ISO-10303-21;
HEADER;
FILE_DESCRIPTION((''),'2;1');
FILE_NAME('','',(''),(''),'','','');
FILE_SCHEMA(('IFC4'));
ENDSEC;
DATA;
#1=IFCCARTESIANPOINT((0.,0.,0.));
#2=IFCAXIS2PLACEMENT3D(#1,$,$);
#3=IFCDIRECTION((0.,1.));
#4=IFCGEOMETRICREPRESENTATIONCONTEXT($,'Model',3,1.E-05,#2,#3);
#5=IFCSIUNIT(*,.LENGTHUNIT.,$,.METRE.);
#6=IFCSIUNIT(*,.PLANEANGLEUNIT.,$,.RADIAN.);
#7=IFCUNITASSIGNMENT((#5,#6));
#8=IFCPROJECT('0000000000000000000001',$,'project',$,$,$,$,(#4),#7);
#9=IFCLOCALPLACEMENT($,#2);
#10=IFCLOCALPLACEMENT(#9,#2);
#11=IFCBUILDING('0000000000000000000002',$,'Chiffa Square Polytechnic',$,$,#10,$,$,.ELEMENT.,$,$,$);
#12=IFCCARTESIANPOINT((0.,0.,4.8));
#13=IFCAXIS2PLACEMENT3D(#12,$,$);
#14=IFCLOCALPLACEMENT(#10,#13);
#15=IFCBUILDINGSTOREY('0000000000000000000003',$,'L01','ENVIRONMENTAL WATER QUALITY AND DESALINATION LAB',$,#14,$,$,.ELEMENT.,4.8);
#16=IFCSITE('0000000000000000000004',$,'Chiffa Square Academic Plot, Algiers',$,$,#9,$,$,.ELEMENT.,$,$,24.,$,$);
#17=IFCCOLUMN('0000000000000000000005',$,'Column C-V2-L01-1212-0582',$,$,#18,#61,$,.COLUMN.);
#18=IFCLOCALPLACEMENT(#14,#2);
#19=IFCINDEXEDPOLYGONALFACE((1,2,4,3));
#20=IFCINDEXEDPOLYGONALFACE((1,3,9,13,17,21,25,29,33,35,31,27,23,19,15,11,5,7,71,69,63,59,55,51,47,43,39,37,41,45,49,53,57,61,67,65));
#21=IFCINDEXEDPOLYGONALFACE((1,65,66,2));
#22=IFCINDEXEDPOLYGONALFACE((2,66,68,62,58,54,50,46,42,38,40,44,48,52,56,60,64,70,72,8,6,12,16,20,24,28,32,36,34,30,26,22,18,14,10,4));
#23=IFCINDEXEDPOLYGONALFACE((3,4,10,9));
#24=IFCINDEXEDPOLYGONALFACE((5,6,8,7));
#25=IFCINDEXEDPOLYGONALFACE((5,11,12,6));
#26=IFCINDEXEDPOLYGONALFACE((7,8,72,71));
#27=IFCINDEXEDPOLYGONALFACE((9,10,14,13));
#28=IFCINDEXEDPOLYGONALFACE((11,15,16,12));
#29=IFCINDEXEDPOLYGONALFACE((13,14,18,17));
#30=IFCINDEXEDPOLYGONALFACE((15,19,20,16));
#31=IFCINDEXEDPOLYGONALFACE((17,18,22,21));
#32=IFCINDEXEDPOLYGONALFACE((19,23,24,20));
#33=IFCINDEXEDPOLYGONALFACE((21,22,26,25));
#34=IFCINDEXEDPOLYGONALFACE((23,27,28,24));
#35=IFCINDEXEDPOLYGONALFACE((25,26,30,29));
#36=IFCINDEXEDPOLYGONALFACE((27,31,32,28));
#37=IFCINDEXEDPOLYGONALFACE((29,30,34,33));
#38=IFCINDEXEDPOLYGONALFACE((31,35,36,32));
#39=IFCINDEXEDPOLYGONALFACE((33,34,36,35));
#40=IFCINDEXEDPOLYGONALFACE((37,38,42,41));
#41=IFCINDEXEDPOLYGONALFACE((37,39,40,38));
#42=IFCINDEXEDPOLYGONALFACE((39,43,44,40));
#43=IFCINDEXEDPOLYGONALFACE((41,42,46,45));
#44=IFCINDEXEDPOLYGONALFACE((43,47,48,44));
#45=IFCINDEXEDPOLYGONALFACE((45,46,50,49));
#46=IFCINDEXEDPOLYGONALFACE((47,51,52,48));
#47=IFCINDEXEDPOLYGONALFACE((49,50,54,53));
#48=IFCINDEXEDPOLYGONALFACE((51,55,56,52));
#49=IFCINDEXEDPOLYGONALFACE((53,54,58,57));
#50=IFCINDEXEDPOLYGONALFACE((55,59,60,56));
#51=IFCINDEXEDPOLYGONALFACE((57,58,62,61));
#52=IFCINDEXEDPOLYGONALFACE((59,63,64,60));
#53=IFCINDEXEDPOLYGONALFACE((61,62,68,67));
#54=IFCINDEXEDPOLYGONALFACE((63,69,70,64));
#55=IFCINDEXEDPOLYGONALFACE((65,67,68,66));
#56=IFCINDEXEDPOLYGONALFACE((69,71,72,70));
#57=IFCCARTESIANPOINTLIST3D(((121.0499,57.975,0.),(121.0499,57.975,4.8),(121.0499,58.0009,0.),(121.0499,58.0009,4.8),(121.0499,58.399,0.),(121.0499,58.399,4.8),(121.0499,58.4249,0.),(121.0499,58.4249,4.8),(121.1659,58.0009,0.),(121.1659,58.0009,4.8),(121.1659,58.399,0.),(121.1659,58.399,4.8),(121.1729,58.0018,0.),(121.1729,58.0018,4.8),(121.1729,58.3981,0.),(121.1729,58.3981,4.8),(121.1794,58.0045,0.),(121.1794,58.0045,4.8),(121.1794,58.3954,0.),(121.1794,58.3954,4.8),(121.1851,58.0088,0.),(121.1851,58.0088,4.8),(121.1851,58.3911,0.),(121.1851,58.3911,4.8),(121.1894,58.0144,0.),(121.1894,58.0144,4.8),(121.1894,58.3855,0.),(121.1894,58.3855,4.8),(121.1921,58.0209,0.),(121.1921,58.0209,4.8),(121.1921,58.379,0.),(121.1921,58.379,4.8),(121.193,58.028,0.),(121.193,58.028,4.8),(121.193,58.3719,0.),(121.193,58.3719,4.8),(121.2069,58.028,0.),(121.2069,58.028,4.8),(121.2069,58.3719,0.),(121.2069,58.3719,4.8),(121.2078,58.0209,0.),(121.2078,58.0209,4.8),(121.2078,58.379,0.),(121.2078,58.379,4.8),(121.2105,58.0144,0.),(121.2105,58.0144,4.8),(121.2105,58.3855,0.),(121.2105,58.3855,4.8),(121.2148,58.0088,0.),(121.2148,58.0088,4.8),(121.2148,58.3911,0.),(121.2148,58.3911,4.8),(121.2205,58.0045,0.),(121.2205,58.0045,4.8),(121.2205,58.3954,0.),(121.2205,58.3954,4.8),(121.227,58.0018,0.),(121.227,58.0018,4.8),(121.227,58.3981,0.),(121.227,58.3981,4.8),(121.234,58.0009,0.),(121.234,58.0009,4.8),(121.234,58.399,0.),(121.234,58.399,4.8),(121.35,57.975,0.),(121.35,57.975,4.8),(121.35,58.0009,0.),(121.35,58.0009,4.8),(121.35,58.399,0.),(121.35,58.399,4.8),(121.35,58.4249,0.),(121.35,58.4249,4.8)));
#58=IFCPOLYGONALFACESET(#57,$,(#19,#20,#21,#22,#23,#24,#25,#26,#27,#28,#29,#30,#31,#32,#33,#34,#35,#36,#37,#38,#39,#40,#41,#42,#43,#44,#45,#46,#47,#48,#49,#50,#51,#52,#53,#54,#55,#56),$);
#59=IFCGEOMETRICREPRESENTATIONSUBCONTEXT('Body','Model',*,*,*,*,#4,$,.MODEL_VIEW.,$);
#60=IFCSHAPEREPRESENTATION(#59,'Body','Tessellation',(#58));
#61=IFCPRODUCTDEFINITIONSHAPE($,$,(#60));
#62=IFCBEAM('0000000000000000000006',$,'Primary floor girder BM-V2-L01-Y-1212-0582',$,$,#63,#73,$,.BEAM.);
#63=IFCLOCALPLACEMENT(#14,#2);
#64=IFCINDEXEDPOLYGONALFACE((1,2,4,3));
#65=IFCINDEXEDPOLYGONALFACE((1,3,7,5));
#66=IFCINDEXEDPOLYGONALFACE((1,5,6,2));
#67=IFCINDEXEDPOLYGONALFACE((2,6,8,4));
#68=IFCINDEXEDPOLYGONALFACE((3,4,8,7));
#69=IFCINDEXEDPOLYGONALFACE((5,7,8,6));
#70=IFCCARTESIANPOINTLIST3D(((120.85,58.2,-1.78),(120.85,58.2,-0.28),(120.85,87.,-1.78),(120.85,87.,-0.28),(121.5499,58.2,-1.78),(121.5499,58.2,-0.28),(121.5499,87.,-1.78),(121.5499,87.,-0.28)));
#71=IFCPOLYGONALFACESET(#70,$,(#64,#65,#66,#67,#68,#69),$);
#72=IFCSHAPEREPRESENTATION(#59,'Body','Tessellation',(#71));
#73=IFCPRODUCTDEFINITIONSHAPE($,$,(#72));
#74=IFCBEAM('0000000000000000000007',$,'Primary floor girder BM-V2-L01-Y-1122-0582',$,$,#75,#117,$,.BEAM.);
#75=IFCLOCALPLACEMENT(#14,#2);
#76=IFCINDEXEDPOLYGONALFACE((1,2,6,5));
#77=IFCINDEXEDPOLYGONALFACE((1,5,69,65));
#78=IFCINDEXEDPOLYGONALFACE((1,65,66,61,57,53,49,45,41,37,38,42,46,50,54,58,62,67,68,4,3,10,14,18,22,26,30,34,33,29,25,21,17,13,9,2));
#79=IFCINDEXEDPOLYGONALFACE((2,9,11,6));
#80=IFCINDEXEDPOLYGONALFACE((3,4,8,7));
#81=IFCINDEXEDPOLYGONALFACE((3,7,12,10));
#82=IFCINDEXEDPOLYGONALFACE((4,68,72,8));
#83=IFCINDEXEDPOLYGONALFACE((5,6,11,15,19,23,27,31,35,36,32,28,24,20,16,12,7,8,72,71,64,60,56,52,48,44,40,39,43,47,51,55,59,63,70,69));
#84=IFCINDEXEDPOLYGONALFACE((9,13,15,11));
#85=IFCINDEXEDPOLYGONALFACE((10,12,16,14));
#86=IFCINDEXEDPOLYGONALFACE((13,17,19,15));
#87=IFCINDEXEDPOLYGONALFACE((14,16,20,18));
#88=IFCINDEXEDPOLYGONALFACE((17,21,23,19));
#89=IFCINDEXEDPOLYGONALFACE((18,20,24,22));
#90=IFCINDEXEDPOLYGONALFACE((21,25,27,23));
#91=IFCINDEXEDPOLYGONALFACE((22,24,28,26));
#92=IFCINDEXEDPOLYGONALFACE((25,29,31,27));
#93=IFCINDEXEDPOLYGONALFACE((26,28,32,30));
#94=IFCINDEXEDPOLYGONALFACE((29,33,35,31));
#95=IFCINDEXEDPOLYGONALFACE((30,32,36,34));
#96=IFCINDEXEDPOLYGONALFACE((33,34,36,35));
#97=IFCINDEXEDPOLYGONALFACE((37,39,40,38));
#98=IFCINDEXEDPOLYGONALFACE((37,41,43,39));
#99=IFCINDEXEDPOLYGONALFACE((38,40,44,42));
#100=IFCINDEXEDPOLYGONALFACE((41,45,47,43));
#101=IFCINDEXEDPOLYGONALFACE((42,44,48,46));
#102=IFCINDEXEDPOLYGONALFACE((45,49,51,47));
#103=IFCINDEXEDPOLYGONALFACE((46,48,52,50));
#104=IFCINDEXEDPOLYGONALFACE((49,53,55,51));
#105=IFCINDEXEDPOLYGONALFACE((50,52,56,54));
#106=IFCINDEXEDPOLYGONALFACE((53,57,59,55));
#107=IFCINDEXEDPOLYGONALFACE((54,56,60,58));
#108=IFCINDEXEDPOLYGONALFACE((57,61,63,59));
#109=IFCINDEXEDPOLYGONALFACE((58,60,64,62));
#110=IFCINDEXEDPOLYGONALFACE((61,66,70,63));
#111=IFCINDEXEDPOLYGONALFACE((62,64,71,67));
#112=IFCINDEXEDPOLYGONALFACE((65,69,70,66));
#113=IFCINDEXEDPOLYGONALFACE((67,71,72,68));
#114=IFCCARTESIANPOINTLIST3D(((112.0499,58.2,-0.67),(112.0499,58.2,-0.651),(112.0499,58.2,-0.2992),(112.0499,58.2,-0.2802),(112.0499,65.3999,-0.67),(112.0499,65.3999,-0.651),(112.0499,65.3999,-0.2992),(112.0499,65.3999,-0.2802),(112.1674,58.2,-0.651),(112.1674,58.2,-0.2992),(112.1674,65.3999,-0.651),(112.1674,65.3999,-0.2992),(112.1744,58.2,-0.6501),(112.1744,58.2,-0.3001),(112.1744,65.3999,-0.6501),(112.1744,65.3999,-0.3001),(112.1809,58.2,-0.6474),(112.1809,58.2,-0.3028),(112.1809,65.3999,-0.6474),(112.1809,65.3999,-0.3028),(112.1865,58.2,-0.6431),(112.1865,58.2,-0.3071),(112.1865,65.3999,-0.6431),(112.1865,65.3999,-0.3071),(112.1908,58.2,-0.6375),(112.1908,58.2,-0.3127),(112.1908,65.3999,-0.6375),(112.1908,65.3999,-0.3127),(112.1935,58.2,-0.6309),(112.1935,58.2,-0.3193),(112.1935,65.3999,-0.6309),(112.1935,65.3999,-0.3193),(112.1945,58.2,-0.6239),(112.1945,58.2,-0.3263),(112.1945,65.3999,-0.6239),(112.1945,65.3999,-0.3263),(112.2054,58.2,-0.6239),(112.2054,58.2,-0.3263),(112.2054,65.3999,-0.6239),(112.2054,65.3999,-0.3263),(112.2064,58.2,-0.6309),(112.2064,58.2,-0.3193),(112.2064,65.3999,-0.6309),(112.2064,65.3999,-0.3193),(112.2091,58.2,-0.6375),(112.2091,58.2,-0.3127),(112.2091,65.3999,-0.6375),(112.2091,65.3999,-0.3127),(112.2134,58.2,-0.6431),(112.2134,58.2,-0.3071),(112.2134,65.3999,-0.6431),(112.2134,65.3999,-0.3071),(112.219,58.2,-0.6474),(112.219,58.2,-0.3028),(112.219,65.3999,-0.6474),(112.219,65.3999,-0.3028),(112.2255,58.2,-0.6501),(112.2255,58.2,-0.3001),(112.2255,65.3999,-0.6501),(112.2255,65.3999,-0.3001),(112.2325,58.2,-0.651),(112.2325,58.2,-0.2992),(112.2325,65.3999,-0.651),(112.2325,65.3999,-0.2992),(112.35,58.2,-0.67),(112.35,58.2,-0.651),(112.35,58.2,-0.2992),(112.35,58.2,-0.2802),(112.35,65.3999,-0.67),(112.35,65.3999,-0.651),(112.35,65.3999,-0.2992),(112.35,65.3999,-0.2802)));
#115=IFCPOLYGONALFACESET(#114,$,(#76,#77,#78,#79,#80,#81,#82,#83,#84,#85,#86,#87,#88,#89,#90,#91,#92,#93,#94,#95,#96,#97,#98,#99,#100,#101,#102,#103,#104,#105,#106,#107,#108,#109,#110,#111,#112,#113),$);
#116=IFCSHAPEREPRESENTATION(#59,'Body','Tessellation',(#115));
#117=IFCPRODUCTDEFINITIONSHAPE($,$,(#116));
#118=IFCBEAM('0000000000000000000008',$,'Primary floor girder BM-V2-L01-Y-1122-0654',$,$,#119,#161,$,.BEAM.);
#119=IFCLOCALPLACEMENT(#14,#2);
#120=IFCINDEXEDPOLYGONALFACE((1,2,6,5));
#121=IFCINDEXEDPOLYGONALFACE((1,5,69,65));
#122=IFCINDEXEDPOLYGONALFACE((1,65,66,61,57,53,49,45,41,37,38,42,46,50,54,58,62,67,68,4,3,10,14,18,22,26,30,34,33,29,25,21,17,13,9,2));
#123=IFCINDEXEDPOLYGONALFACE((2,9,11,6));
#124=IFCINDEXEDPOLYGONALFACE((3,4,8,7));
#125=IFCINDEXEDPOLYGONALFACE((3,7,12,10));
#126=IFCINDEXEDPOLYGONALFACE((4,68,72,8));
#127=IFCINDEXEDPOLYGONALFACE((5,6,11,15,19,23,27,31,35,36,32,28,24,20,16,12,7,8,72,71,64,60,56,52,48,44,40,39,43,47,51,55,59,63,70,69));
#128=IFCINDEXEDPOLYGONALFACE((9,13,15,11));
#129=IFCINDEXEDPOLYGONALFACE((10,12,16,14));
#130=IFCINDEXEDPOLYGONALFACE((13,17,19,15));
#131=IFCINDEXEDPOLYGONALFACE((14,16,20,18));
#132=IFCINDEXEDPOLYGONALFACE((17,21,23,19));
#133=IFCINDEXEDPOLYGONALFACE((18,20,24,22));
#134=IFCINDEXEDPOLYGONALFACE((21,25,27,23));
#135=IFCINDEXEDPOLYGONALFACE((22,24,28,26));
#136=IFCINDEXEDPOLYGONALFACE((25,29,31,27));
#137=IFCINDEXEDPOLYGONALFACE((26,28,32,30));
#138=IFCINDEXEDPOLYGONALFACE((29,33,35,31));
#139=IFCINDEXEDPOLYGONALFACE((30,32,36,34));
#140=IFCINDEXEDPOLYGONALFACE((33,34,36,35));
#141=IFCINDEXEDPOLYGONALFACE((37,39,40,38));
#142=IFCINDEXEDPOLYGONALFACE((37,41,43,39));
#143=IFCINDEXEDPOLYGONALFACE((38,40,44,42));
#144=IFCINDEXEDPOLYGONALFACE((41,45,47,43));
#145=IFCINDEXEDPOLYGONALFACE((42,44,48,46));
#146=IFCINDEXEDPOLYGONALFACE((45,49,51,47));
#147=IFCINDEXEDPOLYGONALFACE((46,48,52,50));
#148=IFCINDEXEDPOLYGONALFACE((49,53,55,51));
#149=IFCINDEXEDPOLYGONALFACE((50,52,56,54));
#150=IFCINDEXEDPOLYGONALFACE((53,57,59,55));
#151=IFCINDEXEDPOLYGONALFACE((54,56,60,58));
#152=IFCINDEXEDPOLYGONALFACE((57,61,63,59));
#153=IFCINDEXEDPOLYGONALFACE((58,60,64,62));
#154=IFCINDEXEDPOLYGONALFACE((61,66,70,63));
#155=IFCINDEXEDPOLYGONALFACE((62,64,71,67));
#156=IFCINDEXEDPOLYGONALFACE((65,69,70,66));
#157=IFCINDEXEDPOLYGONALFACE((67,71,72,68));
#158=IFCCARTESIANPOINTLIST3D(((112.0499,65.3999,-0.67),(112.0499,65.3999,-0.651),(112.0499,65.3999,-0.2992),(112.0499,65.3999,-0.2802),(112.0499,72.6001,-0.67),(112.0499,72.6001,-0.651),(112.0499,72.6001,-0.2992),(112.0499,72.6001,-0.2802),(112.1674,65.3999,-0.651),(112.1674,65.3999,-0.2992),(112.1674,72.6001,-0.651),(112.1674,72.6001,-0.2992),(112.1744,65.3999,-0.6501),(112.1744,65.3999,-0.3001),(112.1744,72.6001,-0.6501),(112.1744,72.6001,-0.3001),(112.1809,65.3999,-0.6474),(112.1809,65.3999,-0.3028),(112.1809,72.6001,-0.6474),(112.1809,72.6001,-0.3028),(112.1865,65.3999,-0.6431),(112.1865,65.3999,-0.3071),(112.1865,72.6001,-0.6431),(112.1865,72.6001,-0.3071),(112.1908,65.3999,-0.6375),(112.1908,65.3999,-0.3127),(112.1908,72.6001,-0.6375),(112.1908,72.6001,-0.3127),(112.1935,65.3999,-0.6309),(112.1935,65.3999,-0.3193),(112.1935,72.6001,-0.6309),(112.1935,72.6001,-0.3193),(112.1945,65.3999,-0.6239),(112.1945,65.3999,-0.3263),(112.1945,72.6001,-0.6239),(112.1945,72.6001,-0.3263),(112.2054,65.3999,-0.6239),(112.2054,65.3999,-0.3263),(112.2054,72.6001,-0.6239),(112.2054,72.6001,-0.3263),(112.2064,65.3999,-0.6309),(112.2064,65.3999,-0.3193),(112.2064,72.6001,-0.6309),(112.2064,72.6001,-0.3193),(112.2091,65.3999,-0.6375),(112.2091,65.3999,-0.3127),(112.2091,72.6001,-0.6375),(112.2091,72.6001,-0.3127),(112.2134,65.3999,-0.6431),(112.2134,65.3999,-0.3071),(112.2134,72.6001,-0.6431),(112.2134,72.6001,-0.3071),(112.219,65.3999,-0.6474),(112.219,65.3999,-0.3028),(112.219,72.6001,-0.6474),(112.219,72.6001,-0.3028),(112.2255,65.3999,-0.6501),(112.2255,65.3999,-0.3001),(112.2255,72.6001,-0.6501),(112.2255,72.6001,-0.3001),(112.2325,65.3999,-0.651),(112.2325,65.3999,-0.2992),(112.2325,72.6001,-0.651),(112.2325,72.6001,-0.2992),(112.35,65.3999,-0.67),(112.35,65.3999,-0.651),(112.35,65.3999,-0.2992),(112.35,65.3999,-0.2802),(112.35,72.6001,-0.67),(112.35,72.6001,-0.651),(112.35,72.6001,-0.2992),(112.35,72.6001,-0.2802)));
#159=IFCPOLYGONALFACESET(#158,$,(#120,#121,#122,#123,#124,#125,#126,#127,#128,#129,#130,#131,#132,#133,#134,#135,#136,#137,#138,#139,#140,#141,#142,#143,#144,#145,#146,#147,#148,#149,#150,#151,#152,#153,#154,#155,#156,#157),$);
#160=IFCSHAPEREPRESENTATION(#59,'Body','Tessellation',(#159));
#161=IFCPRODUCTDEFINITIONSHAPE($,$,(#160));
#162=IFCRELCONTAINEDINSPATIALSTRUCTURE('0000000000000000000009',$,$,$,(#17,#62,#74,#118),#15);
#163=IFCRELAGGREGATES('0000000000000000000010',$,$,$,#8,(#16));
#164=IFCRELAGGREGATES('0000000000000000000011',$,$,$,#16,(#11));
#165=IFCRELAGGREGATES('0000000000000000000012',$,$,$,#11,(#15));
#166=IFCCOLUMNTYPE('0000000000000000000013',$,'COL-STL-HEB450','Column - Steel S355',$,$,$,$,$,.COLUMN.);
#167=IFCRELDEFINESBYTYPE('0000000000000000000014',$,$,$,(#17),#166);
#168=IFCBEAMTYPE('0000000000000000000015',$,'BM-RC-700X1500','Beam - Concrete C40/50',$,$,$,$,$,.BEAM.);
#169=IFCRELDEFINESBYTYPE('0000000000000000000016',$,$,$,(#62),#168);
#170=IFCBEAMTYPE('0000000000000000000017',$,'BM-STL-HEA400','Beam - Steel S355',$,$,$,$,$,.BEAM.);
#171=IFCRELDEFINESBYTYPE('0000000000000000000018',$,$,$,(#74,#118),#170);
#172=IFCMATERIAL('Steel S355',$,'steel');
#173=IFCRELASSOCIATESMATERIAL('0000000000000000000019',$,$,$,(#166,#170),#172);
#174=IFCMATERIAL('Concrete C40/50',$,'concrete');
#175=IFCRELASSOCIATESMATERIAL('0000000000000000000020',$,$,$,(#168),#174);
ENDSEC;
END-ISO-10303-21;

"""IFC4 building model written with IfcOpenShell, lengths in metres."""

from ifc_helpers import new_model, si_unit, direction, frame, origin, origin_2d, place, context, subcontext, project, spatial, rectangle, i_section, extrude, material, material_profile, profile_set, type_object, element, save


model = new_model("IFC4")

# Units and contexts
model_context = context("Model", 3, precision=1e-05, world=origin(), true_north=direction((0.0, 1.0)))
body_context = subcontext(model_context, "Body", "Model", "MODEL_VIEW")
ifc_project = project(units=[si_unit("LENGTHUNIT", "METRE"), si_unit("PLANEANGLEUNIT", "RADIAN")], contexts=[model_context])

# Site, building, storey
site_placement = place(None, origin())
site = spatial("IfcSite", under=ifc_project, at=site_placement, Name="Chiffa Square Academic Plot, Algiers", CompositionType="ELEMENT", RefElevation=24.0)
building_placement = place(site_placement, origin())
building = spatial("IfcBuilding", under=site, at=building_placement, Name="Chiffa Square Polytechnic", CompositionType="ELEMENT")
storey_placement = place(building_placement, frame((0.0, 0.0, 4.8)))
storey = spatial("IfcBuildingStorey", under=building, at=storey_placement, Name="L01", Description="ENVIRONMENTAL WATER QUALITY AND DESALINATION LAB", CompositionType="ELEMENT", Elevation=4.8)

# Column
ifc_material_1 = material(Name="Steel S355", Category="steel")
ifc_material_profile_1 = material_profile(ifc_material_1, i_section(OverallWidth=0.3, OverallDepth=0.45, WebThickness=0.0139, FlangeThickness=0.0259, FilletRadius=0.0271, at=origin_2d()), Name="HEB 450")
ifc_profile_set_1 = profile_set([ifc_material_profile_1], Name="Steel S355")
column_type_1 = type_object("IfcColumnType", Name="COL-STL-HEB450", Description="Column - Steel S355", PredefinedType="COLUMN", material=ifc_profile_set_1)
for number, where, z_axis, x_axis, name in (
    (1, (121.2, 58.2, 0.0), (0.0, 0.0, 1.0), (1.0, 0.0, 0.0), "Column C-V2-L01-1212-0582"),
):
    element("IfcColumn", number, at=place(storey_placement, frame(where, z_axis=z_axis, x_axis=x_axis)), inside=storey, type_object=column_type_1, Name=name, PredefinedType="COLUMN", context=body_context, shape_type="SweptSolid", body=[
        extrude(i_section(OverallWidth=0.3, OverallDepth=0.45, WebThickness=0.0139, FlangeThickness=0.0259, FilletRadius=0.0271, at=origin_2d()), origin(), (0.0, 0.0, 1.0), 4.8),
    ])

# Beams
ifc_material_2 = material(Name="Concrete C40/50", Category="concrete")
ifc_material_profile_2 = material_profile(ifc_material_2, rectangle(XDim=0.7, YDim=1.5, at=origin_2d()), Name="RC 700x1500")
ifc_profile_set_2 = profile_set([ifc_material_profile_2], Name="Concrete C40/50")
beam_type_1 = type_object("IfcBeamType", Name="BM-RC-700X1500", Description="Beam - Concrete C40/50", PredefinedType="BEAM", material=ifc_profile_set_2)
beam_1_placement = place(storey_placement, frame((121.2, 58.2, -1.03), z_axis=(0.0, 1.0, 0.0), x_axis=(-1.0, 0.0, 0.0)))
element("IfcBeam", 2, at=beam_1_placement, inside=storey, type_object=beam_type_1, Name="Primary floor girder BM-V2-L01-Y-1212-0582", PredefinedType="BEAM", context=body_context, shape_type="SweptSolid", body=[
    extrude(rectangle(XDim=0.7, YDim=1.5, at=origin_2d()), origin(), (0.0, 0.0, 1.0), 28.8),
])
ifc_material_profile_3 = material_profile(ifc_material_1, i_section(OverallWidth=0.3, OverallDepth=0.3899, WebThickness=0.011, FlangeThickness=0.019, FilletRadius=0.0271, at=origin_2d()), Name="HEA 400")
ifc_profile_set_3 = profile_set([ifc_material_profile_3], Name="Steel S355")
beam_type_2 = type_object("IfcBeamType", Name="BM-STL-HEA400", Description="Beam - Steel S355", PredefinedType="BEAM", material=ifc_profile_set_3)
beam_2_placement = place(storey_placement, frame((112.2, 58.2, -0.4751), z_axis=(0.0, 1.0, 0.0), x_axis=(-1.0, 0.0, 0.0)))
element("IfcBeam", 3, at=beam_2_placement, inside=storey, type_object=beam_type_2, Name="Primary floor girder BM-V2-L01-Y-1122-0582", PredefinedType="BEAM", context=body_context, shape_type="SweptSolid", body=[
    extrude(i_section(OverallWidth=0.3, OverallDepth=0.3899, WebThickness=0.011, FlangeThickness=0.019, FilletRadius=0.0271, at=origin_2d()), origin(), (0.0, 0.0, 1.0), 7.2),
])
beam_3_placement = place(storey_placement, frame((112.2, 65.3999, -0.4751), z_axis=(0.0, 1.0, 0.0), x_axis=(-1.0, 0.0, 0.0)))
element("IfcBeam", 4, at=beam_3_placement, inside=storey, type_object=beam_type_2, Name="Primary floor girder BM-V2-L01-Y-1122-0654", PredefinedType="BEAM", context=body_context, shape_type="SweptSolid", body=[
    extrude(i_section(OverallWidth=0.3, OverallDepth=0.3899, WebThickness=0.011, FlangeThickness=0.019, FilletRadius=0.0271, at=origin_2d()), origin(), (0.0, 0.0, 1.0), 7.2002),
])

save(model, "model.ifc")
